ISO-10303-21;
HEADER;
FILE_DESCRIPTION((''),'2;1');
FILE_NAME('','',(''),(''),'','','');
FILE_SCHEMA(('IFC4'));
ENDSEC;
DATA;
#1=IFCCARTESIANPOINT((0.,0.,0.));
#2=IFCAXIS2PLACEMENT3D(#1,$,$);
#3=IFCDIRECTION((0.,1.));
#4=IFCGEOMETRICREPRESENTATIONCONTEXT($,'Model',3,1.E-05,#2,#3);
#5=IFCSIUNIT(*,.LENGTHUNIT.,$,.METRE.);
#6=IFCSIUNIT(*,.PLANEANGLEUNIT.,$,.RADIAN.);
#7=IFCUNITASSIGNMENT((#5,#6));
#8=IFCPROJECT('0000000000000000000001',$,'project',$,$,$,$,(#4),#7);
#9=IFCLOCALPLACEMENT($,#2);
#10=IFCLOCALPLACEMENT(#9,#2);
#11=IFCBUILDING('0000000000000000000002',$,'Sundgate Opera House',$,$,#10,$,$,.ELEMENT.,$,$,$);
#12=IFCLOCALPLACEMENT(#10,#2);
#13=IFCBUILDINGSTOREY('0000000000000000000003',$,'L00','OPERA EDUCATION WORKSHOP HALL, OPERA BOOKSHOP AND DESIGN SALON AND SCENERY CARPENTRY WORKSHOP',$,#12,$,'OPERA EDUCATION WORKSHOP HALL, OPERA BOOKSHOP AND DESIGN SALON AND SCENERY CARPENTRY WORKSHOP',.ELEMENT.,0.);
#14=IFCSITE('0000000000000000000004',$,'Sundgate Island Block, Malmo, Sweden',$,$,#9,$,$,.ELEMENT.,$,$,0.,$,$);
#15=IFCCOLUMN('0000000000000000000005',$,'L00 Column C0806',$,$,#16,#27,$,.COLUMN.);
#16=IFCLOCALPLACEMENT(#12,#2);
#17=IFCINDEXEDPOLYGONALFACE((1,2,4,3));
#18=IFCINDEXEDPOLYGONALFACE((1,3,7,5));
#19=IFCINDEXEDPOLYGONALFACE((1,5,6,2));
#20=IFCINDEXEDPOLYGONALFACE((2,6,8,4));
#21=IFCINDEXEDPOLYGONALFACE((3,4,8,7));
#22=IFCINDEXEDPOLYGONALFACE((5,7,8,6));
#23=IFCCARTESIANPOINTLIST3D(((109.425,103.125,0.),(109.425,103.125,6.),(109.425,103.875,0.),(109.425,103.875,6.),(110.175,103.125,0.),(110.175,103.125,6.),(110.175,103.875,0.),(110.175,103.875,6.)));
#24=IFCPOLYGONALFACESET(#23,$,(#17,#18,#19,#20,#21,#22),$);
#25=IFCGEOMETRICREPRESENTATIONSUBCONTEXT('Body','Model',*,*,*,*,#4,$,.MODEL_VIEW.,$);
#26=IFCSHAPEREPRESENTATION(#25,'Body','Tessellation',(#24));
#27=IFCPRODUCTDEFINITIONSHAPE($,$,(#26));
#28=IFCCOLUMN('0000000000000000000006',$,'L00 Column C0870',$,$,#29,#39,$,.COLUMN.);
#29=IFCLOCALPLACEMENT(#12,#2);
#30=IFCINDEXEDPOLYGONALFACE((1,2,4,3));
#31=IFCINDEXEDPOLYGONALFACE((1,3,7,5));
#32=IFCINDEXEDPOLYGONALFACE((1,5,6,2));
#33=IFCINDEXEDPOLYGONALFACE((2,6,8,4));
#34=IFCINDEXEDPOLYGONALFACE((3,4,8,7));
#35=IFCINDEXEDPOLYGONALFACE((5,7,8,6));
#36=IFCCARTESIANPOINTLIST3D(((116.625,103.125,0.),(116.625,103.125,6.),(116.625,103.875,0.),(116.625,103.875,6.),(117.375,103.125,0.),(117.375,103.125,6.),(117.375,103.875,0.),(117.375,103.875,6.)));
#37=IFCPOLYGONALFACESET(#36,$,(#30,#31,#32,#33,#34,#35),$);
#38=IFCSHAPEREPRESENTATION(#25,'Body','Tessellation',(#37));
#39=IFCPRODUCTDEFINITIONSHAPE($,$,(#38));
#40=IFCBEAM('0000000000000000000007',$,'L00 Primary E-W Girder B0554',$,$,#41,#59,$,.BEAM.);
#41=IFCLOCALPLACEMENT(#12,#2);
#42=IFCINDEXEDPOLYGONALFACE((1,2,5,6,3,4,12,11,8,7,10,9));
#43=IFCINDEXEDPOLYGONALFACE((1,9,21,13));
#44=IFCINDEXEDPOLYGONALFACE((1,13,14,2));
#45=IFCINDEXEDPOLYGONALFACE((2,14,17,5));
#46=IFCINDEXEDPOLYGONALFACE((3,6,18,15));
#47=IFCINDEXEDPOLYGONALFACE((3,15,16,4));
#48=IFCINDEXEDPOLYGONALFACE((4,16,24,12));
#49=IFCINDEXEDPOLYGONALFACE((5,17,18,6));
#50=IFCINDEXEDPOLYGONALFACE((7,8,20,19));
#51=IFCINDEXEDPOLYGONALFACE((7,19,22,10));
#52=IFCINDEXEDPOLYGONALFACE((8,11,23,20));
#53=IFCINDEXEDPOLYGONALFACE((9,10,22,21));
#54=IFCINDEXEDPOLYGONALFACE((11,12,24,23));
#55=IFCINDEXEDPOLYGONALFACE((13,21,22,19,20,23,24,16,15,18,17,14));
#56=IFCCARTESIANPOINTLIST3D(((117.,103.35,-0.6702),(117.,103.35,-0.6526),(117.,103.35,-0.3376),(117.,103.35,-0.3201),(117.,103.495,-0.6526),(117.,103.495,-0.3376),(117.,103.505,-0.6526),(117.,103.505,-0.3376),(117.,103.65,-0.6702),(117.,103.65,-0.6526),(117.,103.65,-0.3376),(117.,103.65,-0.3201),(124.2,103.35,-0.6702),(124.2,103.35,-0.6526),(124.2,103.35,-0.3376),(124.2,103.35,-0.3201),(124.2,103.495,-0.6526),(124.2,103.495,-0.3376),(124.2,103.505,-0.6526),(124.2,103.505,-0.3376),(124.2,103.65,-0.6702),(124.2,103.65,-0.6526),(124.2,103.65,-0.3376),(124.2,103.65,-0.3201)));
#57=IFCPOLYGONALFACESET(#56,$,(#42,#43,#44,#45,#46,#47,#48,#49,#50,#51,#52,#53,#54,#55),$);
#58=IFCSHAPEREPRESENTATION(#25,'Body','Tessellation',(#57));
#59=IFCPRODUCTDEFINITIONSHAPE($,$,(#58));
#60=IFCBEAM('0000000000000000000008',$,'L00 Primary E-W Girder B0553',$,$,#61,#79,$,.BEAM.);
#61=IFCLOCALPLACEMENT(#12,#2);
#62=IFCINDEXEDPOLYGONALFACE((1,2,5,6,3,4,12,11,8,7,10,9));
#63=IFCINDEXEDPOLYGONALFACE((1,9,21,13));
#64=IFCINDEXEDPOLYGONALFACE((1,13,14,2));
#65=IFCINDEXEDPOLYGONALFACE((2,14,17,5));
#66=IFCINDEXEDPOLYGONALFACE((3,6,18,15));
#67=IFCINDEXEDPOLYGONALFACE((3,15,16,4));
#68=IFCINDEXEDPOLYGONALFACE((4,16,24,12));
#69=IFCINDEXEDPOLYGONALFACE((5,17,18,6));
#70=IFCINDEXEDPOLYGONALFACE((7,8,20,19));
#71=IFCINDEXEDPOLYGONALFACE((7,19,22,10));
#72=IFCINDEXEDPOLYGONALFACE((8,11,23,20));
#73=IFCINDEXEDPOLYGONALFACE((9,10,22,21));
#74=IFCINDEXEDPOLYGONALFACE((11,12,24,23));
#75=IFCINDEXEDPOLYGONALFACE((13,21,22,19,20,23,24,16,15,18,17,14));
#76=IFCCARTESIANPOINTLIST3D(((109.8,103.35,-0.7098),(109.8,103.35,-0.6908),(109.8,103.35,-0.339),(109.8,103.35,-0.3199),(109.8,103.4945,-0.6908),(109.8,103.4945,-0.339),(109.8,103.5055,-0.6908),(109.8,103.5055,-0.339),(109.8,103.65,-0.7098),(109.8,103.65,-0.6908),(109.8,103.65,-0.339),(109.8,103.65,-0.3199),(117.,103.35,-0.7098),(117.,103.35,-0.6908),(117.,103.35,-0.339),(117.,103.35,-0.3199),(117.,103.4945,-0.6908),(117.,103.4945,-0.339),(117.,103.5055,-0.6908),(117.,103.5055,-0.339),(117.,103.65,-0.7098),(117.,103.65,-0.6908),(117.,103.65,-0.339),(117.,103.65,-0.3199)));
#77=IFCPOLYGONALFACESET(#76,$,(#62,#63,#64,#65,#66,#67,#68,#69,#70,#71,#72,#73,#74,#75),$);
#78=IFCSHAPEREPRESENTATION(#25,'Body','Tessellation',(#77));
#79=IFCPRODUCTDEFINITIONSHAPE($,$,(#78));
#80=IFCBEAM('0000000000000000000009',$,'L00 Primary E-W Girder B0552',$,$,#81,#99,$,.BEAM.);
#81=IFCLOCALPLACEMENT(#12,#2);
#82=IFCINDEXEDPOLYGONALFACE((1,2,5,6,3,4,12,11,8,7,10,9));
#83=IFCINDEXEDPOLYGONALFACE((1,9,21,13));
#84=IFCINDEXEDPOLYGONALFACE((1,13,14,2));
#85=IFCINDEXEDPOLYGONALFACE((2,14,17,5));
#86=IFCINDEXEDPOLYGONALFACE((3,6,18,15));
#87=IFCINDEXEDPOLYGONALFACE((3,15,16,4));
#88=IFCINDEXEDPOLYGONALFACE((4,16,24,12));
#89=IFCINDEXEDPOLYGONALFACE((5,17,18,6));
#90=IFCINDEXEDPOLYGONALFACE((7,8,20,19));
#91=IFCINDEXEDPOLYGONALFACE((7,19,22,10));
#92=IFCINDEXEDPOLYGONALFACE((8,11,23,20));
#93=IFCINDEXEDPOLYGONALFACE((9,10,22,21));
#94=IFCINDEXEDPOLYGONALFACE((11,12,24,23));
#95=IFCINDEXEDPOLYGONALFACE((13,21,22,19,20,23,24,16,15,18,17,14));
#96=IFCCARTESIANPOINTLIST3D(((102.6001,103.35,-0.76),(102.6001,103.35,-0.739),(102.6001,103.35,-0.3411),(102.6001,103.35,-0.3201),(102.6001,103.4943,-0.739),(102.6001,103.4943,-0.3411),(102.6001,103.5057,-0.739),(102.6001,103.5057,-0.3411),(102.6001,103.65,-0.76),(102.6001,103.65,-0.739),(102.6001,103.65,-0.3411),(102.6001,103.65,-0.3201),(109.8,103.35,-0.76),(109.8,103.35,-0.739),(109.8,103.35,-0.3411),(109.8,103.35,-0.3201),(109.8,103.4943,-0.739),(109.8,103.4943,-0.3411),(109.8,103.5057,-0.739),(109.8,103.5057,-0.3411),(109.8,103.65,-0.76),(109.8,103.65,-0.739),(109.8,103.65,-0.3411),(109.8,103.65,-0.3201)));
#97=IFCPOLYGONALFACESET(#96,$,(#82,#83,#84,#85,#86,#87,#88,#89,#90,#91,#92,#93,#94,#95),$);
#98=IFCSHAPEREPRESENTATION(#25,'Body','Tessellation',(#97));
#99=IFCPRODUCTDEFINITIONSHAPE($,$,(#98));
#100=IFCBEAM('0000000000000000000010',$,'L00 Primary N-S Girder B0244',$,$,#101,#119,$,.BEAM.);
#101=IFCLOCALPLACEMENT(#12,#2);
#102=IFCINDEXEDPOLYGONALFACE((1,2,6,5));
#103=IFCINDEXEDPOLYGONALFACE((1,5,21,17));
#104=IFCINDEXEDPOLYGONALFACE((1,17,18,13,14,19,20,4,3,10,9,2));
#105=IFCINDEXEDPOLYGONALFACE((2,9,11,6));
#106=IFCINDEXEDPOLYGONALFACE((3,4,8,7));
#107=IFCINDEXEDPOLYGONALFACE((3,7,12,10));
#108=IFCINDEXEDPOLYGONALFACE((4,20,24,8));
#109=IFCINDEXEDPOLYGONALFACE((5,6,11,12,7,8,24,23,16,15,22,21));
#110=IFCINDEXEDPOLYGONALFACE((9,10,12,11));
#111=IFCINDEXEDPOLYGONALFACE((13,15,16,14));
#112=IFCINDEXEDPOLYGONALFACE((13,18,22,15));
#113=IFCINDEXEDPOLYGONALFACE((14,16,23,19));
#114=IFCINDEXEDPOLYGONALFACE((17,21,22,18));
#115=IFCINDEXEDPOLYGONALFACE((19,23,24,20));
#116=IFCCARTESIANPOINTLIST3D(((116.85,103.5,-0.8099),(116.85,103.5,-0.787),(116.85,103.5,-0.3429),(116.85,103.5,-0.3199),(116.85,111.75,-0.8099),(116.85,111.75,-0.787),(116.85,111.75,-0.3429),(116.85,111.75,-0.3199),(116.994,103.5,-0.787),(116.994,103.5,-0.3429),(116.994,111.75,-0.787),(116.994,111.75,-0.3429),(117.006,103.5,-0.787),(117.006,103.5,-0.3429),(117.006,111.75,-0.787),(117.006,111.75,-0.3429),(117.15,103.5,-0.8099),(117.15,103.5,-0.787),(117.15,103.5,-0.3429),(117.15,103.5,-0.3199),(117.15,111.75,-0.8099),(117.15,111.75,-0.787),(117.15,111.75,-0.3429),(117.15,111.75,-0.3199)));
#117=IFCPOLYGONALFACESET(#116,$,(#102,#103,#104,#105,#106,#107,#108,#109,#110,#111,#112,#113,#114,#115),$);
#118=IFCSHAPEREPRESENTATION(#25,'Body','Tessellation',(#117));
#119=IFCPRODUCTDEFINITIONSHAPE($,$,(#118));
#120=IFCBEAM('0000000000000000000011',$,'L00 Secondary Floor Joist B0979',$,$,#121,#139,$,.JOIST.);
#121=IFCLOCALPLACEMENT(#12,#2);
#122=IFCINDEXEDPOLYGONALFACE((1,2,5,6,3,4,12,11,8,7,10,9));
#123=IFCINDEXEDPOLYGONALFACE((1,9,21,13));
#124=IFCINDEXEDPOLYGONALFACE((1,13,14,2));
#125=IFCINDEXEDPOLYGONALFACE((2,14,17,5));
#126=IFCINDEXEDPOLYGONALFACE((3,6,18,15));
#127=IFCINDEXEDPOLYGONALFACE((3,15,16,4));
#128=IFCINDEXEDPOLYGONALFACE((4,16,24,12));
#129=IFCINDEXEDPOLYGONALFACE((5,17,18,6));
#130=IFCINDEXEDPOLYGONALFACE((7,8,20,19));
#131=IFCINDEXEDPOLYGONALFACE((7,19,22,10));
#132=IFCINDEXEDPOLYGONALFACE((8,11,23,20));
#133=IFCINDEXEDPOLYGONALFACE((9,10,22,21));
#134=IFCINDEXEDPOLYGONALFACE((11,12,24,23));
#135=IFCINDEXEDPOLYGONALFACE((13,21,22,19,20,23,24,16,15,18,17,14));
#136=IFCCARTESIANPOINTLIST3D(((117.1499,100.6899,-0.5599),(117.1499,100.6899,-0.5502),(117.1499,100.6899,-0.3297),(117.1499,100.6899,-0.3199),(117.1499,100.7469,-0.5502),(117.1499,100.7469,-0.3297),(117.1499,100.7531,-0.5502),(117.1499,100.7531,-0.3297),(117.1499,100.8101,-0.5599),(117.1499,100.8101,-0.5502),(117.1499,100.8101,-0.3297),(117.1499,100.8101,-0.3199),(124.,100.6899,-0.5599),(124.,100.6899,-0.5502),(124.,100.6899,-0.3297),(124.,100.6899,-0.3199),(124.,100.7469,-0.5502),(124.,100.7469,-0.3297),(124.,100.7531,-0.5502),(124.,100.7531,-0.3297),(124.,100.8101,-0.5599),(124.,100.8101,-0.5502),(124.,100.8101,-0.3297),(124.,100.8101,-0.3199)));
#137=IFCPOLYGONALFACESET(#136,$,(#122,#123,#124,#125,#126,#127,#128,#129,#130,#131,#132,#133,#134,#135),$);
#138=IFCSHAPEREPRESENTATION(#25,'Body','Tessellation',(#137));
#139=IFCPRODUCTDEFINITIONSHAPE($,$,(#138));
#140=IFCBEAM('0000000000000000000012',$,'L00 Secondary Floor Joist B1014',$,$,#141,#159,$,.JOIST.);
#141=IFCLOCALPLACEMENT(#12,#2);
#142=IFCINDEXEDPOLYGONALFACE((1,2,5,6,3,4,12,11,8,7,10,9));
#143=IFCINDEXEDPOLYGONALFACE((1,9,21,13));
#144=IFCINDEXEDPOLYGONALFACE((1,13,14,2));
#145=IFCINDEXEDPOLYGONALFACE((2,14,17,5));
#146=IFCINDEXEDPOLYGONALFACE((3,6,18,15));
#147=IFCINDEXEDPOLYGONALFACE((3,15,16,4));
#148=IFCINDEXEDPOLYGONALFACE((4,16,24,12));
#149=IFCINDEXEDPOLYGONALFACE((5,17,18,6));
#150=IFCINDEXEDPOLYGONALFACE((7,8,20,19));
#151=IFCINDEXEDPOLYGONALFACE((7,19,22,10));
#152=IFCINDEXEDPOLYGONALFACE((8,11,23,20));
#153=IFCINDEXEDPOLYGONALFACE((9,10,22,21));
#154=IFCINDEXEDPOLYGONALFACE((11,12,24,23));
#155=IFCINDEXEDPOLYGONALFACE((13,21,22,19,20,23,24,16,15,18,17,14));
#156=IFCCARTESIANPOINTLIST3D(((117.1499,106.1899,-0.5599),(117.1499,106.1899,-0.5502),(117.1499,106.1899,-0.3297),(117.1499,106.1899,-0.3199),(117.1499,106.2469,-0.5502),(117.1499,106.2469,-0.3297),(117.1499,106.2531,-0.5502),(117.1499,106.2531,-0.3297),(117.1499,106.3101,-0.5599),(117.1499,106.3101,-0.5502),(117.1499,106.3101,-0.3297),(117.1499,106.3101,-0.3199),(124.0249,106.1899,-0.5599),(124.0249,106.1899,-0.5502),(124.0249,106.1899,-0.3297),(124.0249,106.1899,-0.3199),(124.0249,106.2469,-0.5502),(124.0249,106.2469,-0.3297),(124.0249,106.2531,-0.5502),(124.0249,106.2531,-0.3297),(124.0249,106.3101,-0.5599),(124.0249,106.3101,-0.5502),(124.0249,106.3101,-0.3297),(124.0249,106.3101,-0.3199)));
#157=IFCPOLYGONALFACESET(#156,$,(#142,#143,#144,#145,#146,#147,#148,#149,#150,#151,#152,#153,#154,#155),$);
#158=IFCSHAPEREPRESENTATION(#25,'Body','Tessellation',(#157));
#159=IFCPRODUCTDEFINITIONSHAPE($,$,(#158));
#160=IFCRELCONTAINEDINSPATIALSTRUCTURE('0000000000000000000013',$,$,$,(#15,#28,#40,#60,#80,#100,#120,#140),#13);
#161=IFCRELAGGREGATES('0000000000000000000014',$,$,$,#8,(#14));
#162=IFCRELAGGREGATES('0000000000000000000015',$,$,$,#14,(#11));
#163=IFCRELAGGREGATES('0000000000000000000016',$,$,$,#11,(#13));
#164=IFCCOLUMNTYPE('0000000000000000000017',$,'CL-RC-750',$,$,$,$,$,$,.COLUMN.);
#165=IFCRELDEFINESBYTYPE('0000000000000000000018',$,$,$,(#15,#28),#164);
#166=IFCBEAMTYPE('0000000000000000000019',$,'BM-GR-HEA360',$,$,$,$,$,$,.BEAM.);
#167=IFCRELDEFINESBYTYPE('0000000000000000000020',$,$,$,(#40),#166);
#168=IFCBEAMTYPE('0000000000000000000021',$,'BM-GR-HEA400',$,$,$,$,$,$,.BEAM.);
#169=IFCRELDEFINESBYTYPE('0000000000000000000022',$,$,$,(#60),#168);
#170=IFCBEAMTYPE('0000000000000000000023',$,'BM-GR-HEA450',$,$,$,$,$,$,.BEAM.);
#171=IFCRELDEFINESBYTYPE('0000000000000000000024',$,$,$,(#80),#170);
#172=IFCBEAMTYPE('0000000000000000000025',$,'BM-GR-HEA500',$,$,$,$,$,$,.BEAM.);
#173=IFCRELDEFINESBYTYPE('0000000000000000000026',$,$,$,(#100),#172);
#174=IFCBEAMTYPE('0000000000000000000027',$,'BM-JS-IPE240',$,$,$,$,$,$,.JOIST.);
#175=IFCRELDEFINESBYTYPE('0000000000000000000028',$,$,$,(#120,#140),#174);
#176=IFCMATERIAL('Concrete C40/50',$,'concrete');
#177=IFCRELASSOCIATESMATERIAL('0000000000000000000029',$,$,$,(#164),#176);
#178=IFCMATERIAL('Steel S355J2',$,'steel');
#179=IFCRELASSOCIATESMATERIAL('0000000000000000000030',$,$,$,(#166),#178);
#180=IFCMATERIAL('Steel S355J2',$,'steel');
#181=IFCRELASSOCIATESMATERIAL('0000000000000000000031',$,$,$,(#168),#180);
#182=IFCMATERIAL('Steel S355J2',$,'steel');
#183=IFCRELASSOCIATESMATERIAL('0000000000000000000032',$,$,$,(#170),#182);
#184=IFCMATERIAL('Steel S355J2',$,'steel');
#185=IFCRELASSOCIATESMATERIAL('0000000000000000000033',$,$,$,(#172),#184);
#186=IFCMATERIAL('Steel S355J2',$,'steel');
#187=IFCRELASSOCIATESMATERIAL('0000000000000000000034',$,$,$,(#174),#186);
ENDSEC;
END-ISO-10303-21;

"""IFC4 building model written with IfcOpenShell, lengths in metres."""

from ifc_helpers import new_model, si_unit, direction, frame, origin, origin_2d, place, context, subcontext, project, spatial, rectangle, i_section, extrude, material, material_profile, profile_set, type_object, element, save


model = new_model("IFC4")

# Units and contexts
model_context = context("Model", 3, precision=1e-05, world=origin(), true_north=direction((0.0, 1.0)))
body_context = subcontext(model_context, "Body", "Model", "MODEL_VIEW")
ifc_project = project(units=[si_unit("LENGTHUNIT", "METRE"), si_unit("PLANEANGLEUNIT", "RADIAN")], contexts=[model_context])

# Site, building, storey
site_placement = place(None, origin())
site = spatial("IfcSite", under=ifc_project, at=site_placement, Name="Sundgate Island Block, Malmo, Sweden", CompositionType="ELEMENT", RefElevation=0.0)
building_placement = place(site_placement, origin())
building = spatial("IfcBuilding", under=site, at=building_placement, Name="Sundgate Opera House", CompositionType="ELEMENT")
storey_placement = place(building_placement, origin())
storey = spatial("IfcBuildingStorey", under=building, at=storey_placement, Name="L00", Description="OPERA EDUCATION WORKSHOP HALL, OPERA BOOKSHOP AND DESIGN SALON AND SCENERY CARPENTRY WORKSHOP", LongName="OPERA EDUCATION WORKSHOP HALL, OPERA BOOKSHOP AND DESIGN SALON AND SCENERY CARPENTRY WORKSHOP", CompositionType="ELEMENT", Elevation=0.0)

# Columns
ifc_material_1 = material(Name="Concrete C40/50", Category="concrete")
ifc_material_profile_1 = material_profile(ifc_material_1, rectangle(XDim=0.75, YDim=0.75, at=origin_2d()), Name="RC 750x750")
ifc_profile_set_1 = profile_set([ifc_material_profile_1], Name="Concrete C40/50")
column_type = type_object("IfcColumnType", Name="CL-RC-750", PredefinedType="COLUMN", material=ifc_profile_set_1)
for number, where, z_axis, x_axis, name in (
    (1, (109.8, 103.5, 0.0), (0.0, 0.0, 1.0), (1.0, 0.0, 0.0), "L00 Column C0806"),
    (2, (117.0, 103.5, 0.0), (0.0, 0.0, 1.0), (1.0, 0.0, 0.0), "L00 Column C0870"),
):
    element("IfcColumn", number, at=place(storey_placement, frame(where, z_axis=z_axis, x_axis=x_axis)), inside=storey, type_object=column_type, Name=name, PredefinedType="COLUMN", context=body_context, shape_type="SweptSolid", body=[
        extrude(rectangle(XDim=0.75, YDim=0.75, at=origin_2d()), origin(), (0.0, 0.0, 1.0), 6.0),
    ])

# Beams
ifc_material_2 = material(Name="Steel S355J2", Category="steel")
ifc_material_profile_2 = material_profile(ifc_material_2, i_section(OverallWidth=0.3, OverallDepth=0.3501, WebThickness=0.01, FlangeThickness=0.0176, at=origin_2d()), Name="HEA 360")
ifc_profile_set_2 = profile_set([ifc_material_profile_2], Name="Steel S355J2")
beam_type_1 = type_object("IfcBeamType", Name="BM-GR-HEA360", PredefinedType="BEAM", material=ifc_profile_set_2)
beam_1_placement = place(storey_placement, frame((117.0, 103.5, -0.4951), z_axis=(1.0, 0.0, 0.0), x_axis=(0.0, 1.0, 0.0)))
element("IfcBeam", 3, at=beam_1_placement, inside=storey, type_object=beam_type_1, Name="L00 Primary E-W Girder B0554", PredefinedType="BEAM", context=body_context, shape_type="SweptSolid", body=[
    extrude(i_section(OverallWidth=0.3, OverallDepth=0.3501, WebThickness=0.01, FlangeThickness=0.0176, at=origin_2d()), origin(), (0.0, 0.0, 1.0), 7.2),
])
ifc_material_3 = material(Name="Steel S355J2", Category="steel")
ifc_material_profile_3 = material_profile(ifc_material_3, i_section(OverallWidth=0.3, OverallDepth=0.3899, WebThickness=0.011, FlangeThickness=0.019, at=origin_2d()), Name="HEA 400")
ifc_profile_set_3 = profile_set([ifc_material_profile_3], Name="Steel S355J2")
beam_type_2 = type_object("IfcBeamType", Name="BM-GR-HEA400", PredefinedType="BEAM", material=ifc_profile_set_3)
beam_2_placement = place(storey_placement, frame((109.8, 103.5, -0.5149), z_axis=(1.0, 0.0, 0.0), x_axis=(0.0, 1.0, 0.0)))
element("IfcBeam", 4, at=beam_2_placement, inside=storey, type_object=beam_type_2, Name="L00 Primary E-W Girder B0553", PredefinedType="BEAM", context=body_context, shape_type="SweptSolid", body=[
    extrude(i_section(OverallWidth=0.3, OverallDepth=0.3899, WebThickness=0.011, FlangeThickness=0.019, at=origin_2d()), origin(), (0.0, 0.0, 1.0), 7.2),
])
ifc_material_4 = material(Name="Steel S355J2", Category="steel")
ifc_material_profile_4 = material_profile(ifc_material_4, i_section(OverallWidth=0.3, OverallDepth=0.4399, WebThickness=0.0115, FlangeThickness=0.021, at=origin_2d()), Name="HEA 450")
ifc_profile_set_4 = profile_set([ifc_material_profile_4], Name="Steel S355J2")
beam_type_3 = type_object("IfcBeamType", Name="BM-GR-HEA450", PredefinedType="BEAM", material=ifc_profile_set_4)
beam_3_placement = place(storey_placement, frame((102.6001, 103.5, -0.54), z_axis=(1.0, 0.0, 0.0), x_axis=(0.0, 1.0, 0.0)))
element("IfcBeam", 5, at=beam_3_placement, inside=storey, type_object=beam_type_3, Name="L00 Primary E-W Girder B0552", PredefinedType="BEAM", context=body_context, shape_type="SweptSolid", body=[
    extrude(i_section(OverallWidth=0.3, OverallDepth=0.4399, WebThickness=0.0115, FlangeThickness=0.021, at=origin_2d()), origin(), (0.0, 0.0, 1.0), 7.2),
])
ifc_material_5 = material(Name="Steel S355J2", Category="steel")
ifc_material_profile_5 = material_profile(ifc_material_5, i_section(OverallWidth=0.3, OverallDepth=0.49, WebThickness=0.012, FlangeThickness=0.0229, at=origin_2d()), Name="HEA 500")
ifc_profile_set_5 = profile_set([ifc_material_profile_5], Name="Steel S355J2")
beam_type_4 = type_object("IfcBeamType", Name="BM-GR-HEA500", PredefinedType="BEAM", material=ifc_profile_set_5)
beam_4_placement = place(storey_placement, frame((117.0, 103.5, -0.5649), z_axis=(0.0, 1.0, 0.0), x_axis=(-1.0, 0.0, 0.0)))
element("IfcBeam", 6, at=beam_4_placement, inside=storey, type_object=beam_type_4, Name="L00 Primary N-S Girder B0244", PredefinedType="BEAM", context=body_context, shape_type="SweptSolid", body=[
    extrude(i_section(OverallWidth=0.3, OverallDepth=0.49, WebThickness=0.012, FlangeThickness=0.0229, at=origin_2d()), origin(), (0.0, 0.0, 1.0), 8.25),
])
ifc_material_6 = material(Name="Steel S355J2", Category="steel")
ifc_material_profile_6 = material_profile(ifc_material_6, i_section(OverallWidth=0.1201, OverallDepth=0.24, WebThickness=0.0061, FlangeThickness=0.0098, at=origin_2d()), Name="IPE 240")
ifc_profile_set_6 = profile_set([ifc_material_profile_6], Name="Steel S355J2")
beam_type_5 = type_object("IfcBeamType", Name="BM-JS-IPE240", PredefinedType="JOIST", material=ifc_profile_set_6)
beam_5_placement = place(storey_placement, frame((117.1499, 100.75, -0.4399), z_axis=(1.0, 0.0, 0.0), x_axis=(0.0, 1.0, 0.0)))
element("IfcBeam", 7, at=beam_5_placement, inside=storey, type_object=beam_type_5, Name="L00 Secondary Floor Joist B0979", PredefinedType="JOIST", context=body_context, shape_type="SweptSolid", body=[
    extrude(i_section(OverallWidth=0.1201, OverallDepth=0.24, WebThickness=0.0061, FlangeThickness=0.0098, at=origin_2d()), origin(), (0.0, 0.0, 1.0), 6.8501),
])
beam_6_placement = place(storey_placement, frame((117.1499, 106.25, -0.4399), z_axis=(1.0, 0.0, 0.0), x_axis=(0.0, 1.0, 0.0)))
element("IfcBeam", 8, at=beam_6_placement, inside=storey, type_object=beam_type_5, Name="L00 Secondary Floor Joist B1014", PredefinedType="JOIST", context=body_context, shape_type="SweptSolid", body=[
    extrude(i_section(OverallWidth=0.1201, OverallDepth=0.24, WebThickness=0.0061, FlangeThickness=0.0098, at=origin_2d()), origin(), (0.0, 0.0, 1.0), 6.875),
])

save(model, "model.ifc")
